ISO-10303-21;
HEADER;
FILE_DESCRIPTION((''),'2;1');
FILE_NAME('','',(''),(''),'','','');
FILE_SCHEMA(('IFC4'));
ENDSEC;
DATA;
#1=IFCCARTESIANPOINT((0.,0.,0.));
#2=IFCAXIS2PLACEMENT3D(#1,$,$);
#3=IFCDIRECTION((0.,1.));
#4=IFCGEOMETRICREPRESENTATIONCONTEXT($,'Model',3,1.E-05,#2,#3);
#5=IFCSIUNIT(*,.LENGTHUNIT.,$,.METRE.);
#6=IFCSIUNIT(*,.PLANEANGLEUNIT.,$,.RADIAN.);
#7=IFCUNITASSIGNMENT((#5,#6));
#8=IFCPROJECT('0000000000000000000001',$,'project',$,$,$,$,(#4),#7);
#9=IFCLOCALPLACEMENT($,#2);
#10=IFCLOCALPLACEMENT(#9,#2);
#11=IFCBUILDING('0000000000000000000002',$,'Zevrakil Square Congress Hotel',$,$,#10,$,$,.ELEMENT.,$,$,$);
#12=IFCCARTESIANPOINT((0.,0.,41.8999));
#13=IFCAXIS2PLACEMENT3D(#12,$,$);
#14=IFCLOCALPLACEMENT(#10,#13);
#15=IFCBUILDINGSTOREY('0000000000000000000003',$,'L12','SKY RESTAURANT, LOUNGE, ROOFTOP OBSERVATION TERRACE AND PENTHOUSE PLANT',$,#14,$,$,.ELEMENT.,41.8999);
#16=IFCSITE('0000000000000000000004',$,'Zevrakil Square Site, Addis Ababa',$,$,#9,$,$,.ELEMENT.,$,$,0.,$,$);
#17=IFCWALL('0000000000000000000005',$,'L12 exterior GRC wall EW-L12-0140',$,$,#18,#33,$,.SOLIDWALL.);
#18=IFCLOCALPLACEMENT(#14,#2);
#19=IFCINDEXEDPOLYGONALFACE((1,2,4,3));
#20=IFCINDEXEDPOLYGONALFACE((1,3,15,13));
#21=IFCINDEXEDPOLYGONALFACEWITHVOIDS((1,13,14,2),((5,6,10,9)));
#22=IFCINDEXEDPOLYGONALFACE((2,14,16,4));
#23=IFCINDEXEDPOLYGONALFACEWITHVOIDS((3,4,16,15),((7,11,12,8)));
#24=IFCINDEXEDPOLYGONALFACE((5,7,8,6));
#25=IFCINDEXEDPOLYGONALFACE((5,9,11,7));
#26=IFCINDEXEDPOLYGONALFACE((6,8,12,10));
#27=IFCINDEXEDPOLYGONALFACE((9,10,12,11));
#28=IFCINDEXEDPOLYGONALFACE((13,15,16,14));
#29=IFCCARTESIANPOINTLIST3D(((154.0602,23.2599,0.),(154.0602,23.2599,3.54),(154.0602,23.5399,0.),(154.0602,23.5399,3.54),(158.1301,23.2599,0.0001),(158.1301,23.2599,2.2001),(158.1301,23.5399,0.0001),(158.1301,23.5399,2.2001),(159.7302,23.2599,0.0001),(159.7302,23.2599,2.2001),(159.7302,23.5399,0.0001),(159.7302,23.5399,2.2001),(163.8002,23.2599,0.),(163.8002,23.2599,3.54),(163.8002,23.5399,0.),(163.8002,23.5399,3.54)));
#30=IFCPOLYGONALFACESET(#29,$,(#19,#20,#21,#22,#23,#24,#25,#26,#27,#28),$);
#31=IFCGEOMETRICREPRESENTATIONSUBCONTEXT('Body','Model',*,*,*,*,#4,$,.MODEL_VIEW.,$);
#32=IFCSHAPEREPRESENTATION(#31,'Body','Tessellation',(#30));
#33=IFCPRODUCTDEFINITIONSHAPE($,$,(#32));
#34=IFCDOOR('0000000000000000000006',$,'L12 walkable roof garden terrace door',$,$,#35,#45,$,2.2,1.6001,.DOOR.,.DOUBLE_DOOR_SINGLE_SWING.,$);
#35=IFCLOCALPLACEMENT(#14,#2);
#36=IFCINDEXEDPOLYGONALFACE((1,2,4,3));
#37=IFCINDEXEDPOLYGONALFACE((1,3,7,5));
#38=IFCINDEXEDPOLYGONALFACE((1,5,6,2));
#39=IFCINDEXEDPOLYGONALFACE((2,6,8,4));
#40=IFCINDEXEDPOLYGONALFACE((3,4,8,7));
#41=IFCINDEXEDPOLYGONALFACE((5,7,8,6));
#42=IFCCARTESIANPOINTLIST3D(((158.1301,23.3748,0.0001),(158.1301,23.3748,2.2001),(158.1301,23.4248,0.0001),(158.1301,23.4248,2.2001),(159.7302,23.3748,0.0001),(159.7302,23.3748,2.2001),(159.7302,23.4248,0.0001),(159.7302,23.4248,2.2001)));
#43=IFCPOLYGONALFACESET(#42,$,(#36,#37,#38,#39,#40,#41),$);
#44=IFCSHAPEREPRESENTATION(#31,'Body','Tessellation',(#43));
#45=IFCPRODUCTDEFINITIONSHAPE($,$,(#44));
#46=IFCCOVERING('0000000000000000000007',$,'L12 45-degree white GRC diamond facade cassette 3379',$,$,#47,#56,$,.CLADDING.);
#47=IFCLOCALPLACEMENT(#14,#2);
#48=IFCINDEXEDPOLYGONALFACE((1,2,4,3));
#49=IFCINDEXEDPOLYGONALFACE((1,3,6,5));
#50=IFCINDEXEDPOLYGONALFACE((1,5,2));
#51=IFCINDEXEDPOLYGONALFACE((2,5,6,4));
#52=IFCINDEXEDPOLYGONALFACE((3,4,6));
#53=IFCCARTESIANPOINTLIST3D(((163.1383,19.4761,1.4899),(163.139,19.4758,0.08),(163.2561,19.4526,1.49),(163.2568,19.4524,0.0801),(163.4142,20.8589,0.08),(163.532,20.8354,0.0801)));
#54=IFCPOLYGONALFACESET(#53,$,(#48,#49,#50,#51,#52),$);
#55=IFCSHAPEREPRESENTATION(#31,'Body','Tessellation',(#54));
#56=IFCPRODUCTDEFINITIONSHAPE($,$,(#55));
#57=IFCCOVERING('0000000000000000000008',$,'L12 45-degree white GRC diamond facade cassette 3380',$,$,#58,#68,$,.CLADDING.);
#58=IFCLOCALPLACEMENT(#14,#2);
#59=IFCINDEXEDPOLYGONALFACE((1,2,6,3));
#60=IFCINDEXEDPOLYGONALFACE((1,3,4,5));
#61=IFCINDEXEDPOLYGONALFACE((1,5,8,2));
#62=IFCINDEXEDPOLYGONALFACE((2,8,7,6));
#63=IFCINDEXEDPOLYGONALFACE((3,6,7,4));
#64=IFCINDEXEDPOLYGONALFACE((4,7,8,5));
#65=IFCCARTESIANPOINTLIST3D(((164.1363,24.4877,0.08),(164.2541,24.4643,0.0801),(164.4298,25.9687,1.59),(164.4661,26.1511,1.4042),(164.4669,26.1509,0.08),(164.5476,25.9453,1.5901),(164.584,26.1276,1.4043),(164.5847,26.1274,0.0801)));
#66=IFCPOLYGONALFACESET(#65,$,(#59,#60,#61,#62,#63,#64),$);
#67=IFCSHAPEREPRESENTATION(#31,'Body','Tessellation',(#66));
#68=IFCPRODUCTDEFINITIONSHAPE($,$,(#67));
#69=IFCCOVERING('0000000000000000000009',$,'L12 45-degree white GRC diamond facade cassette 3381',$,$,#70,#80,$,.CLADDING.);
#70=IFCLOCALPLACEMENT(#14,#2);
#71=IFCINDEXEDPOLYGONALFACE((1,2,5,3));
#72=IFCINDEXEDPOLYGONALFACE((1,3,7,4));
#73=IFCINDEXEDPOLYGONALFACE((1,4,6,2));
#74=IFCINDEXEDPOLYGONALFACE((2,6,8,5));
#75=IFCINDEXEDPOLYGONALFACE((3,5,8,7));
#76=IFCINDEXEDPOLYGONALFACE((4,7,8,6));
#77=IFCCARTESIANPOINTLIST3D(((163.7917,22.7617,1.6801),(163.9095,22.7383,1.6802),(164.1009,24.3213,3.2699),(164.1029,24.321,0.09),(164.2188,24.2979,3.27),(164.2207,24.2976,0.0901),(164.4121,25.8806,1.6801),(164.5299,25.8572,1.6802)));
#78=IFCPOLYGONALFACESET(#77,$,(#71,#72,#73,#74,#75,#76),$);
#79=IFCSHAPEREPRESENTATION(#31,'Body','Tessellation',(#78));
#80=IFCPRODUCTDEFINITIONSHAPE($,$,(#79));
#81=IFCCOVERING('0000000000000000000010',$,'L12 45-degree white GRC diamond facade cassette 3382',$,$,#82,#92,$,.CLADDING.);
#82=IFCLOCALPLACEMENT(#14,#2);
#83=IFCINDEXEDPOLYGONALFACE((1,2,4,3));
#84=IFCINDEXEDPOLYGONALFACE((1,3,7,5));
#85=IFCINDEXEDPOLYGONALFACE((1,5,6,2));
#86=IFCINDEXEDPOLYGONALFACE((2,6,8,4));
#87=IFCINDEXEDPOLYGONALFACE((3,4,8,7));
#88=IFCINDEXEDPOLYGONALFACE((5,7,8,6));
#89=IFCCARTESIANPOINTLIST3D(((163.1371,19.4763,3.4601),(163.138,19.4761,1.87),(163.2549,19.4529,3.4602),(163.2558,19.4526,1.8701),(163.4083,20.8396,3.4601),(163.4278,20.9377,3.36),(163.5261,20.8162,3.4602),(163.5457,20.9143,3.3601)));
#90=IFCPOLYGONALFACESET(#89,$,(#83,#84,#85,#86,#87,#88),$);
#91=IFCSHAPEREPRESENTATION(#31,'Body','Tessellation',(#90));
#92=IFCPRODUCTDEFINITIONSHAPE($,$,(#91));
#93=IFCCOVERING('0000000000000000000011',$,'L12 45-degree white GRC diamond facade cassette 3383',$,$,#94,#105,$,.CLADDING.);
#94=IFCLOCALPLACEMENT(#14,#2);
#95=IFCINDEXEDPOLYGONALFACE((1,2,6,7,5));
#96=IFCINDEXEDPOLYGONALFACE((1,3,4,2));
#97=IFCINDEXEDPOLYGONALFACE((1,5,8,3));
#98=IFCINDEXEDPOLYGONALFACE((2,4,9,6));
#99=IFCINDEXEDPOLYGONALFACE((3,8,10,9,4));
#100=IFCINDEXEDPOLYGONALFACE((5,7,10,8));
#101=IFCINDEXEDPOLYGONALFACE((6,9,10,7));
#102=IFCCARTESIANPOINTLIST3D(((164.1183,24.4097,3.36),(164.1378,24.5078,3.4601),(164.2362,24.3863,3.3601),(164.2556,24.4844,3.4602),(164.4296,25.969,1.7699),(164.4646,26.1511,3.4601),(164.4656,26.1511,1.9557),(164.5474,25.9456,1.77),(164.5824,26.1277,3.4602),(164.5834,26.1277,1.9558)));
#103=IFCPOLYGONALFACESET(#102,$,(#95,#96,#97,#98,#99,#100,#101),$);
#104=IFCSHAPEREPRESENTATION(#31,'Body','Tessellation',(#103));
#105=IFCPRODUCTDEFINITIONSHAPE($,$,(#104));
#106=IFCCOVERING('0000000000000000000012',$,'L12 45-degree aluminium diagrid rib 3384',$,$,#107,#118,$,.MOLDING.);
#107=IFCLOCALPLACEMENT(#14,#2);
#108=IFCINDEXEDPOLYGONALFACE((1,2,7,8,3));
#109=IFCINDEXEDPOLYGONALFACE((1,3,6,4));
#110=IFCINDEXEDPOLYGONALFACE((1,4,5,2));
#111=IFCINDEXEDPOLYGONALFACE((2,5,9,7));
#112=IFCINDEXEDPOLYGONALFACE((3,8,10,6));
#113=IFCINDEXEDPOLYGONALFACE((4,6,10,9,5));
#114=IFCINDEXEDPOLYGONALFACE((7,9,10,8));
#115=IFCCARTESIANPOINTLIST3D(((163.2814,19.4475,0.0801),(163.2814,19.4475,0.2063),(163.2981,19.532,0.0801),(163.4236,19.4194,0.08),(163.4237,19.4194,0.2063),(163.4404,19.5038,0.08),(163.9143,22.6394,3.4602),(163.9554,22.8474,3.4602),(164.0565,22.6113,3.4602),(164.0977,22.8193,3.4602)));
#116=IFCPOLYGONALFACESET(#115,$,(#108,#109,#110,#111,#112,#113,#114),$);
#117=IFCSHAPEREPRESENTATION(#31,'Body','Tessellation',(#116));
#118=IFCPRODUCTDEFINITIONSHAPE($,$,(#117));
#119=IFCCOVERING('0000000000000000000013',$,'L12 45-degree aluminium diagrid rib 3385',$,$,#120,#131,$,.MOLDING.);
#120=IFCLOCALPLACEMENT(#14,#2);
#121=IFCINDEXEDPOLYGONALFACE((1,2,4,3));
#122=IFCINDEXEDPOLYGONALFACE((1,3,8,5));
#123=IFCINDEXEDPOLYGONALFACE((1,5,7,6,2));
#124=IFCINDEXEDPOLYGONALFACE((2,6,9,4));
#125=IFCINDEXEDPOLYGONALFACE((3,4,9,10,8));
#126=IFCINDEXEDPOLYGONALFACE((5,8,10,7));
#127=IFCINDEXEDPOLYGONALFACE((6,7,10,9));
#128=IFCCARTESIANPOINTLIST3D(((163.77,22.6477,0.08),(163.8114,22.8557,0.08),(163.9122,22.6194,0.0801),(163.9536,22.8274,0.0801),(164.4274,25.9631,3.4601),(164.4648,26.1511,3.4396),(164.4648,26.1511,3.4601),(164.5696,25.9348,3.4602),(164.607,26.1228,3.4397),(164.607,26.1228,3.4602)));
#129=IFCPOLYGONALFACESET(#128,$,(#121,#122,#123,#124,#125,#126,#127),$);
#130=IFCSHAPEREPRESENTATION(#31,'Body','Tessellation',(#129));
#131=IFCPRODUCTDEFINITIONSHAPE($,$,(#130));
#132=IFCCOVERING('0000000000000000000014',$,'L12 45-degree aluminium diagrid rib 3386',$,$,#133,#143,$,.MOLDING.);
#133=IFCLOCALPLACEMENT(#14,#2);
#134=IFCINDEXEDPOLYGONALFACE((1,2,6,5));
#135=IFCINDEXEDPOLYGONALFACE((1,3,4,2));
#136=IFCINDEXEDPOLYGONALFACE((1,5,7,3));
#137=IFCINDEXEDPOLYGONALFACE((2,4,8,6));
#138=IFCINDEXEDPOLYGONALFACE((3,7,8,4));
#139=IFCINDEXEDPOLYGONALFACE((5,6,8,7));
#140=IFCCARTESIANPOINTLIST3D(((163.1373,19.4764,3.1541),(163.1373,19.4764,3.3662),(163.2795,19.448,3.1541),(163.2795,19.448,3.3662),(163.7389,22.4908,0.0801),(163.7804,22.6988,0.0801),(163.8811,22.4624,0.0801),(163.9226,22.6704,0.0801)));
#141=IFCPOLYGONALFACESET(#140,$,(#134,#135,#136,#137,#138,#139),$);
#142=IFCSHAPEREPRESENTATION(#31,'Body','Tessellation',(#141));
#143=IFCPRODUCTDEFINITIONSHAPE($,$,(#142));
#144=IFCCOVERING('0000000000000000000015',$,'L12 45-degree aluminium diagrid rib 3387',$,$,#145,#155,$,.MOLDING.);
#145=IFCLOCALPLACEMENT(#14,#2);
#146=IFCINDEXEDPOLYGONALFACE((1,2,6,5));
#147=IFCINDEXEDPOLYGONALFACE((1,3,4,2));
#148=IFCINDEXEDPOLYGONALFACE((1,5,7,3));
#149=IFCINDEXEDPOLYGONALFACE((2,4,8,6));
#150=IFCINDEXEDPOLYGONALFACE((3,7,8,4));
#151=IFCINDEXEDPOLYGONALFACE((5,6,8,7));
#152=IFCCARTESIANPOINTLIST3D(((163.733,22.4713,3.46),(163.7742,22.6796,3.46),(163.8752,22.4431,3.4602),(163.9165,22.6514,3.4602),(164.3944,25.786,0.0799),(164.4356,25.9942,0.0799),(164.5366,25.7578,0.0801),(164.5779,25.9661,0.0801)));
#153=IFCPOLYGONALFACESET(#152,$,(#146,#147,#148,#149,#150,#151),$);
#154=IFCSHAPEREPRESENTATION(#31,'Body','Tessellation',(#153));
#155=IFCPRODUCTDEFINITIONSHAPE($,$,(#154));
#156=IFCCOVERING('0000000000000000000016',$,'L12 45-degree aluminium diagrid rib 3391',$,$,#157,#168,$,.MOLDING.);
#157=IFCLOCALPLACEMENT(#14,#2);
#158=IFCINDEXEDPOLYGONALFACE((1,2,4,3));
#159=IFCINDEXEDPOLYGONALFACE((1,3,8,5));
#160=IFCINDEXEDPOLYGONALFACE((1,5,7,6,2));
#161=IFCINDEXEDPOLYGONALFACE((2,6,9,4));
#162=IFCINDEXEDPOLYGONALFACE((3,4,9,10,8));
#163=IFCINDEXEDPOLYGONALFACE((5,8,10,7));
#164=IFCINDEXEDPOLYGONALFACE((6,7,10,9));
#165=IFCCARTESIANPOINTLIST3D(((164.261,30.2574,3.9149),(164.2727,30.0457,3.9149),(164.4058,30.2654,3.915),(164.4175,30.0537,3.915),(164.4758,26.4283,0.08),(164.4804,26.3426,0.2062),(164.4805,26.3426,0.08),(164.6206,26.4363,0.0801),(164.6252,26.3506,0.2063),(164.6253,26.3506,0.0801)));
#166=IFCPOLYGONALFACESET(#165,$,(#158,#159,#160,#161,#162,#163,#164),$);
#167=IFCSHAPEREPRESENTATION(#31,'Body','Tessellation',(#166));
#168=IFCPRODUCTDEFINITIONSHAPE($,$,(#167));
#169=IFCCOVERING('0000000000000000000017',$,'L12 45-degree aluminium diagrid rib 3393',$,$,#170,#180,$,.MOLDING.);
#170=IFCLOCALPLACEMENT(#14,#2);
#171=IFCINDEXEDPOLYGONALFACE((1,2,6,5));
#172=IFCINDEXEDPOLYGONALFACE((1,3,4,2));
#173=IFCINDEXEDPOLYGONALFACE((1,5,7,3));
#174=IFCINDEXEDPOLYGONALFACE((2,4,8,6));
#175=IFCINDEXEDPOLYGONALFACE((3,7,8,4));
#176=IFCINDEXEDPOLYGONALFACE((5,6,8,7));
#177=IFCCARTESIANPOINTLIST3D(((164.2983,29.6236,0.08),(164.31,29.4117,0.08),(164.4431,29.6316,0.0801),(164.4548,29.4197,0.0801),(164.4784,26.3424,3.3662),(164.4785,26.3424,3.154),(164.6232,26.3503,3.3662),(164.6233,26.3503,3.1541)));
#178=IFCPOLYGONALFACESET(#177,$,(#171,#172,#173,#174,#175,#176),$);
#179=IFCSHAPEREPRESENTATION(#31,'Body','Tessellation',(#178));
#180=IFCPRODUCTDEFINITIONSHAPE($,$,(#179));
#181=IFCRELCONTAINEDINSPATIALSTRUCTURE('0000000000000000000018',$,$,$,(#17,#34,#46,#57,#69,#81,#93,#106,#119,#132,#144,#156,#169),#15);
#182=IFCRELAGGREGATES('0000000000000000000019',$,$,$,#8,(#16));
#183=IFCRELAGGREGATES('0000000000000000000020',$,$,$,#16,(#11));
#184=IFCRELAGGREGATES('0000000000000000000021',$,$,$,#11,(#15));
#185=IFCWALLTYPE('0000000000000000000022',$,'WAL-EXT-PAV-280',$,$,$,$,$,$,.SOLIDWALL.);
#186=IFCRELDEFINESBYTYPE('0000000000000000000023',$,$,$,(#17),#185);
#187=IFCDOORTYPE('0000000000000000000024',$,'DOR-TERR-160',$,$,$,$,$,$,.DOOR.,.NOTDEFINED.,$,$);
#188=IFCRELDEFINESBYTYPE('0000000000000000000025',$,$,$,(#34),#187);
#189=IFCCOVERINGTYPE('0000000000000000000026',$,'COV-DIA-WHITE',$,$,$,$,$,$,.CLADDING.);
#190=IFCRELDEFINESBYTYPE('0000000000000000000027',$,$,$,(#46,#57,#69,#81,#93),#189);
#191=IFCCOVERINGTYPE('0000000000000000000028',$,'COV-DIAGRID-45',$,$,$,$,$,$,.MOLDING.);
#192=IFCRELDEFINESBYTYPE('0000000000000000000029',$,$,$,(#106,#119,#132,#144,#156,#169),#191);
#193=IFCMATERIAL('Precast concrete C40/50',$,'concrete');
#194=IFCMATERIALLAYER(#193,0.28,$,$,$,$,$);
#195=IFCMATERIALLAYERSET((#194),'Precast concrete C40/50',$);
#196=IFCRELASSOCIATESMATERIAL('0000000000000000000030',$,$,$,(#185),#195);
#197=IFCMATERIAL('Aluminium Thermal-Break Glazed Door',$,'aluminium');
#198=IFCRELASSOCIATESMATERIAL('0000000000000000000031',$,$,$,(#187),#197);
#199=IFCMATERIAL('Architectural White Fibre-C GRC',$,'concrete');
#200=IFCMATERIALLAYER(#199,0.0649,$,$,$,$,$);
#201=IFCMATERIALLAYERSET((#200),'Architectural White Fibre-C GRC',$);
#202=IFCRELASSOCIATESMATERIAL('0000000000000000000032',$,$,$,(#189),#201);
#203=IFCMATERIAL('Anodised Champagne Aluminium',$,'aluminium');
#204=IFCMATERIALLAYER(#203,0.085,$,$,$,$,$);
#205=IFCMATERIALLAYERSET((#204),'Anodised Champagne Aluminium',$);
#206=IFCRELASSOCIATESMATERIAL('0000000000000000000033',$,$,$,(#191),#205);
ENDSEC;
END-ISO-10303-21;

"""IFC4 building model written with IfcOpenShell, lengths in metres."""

from ifc_helpers import new_model, si_unit, direction, frame, frame_2d, origin, place, context, subcontext, project, spatial, polyline, rectangle, outline, extrude, material, layer, layer_set, type_object, element, fill, save


model = new_model("IFC4")

# Units and contexts
model_context = context("Model", 3, precision=1e-05, world=origin(), true_north=direction((0.0, 1.0)))
body_context = subcontext(model_context, "Body", "Model", "MODEL_VIEW")
ifc_project = project(units=[si_unit("LENGTHUNIT", "METRE"), si_unit("PLANEANGLEUNIT", "RADIAN")], contexts=[model_context])

# Site, building, storey
site_placement = place(None, origin())
site = spatial("IfcSite", under=ifc_project, at=site_placement, Name="Zevrakil Square Site, Addis Ababa", CompositionType="ELEMENT", RefElevation=0.0)
building_placement = place(site_placement, origin())
building = spatial("IfcBuilding", under=site, at=building_placement, Name="Zevrakil Square Congress Hotel", CompositionType="ELEMENT")
storey_placement = place(building_placement, frame((0.0, 0.0, 41.8999)))
storey = spatial("IfcBuildingStorey", under=building, at=storey_placement, Name="L12", Description="SKY RESTAURANT, LOUNGE, ROOFTOP OBSERVATION TERRACE AND PENTHOUSE PLANT", CompositionType="ELEMENT", Elevation=41.8999)

# Wall, opening, door
ifc_material_1 = material(Name="Precast concrete C40/50", Category="concrete")
ifc_layer_1 = layer(ifc_material_1, 0.28)
ifc_layer_set_1 = layer_set([ifc_layer_1], Name="Precast concrete C40/50")
wall_type = type_object("IfcWallType", Name="WAL-EXT-PAV-280", PredefinedType="SOLIDWALL", material=ifc_layer_set_1)
wall_placement = place(storey_placement, frame((154.0601, 23.3999, 0.0), z_axis=(0.0, 0.0, 1.0), x_axis=(1.0, 0.0, 0.0)))
wall = element("IfcWall", 1, at=wall_placement, inside=storey, type_object=wall_type, Name="L12 exterior GRC wall EW-L12-0140", PredefinedType="SOLIDWALL", context=body_context, shape_type="SweptSolid", body=[
    extrude(rectangle(XDim=9.74, YDim=0.28, at=frame_2d((4.8701, 0.0))), origin(), (0.0, 0.0, 1.0), 3.54),
])
opening_placement = place(wall_placement, frame((4.0701, 0.0, 0.0)))
opening = element("IfcOpeningElement", 2, at=opening_placement, cuts=wall, PredefinedType="OPENING", context=body_context, shape_type="SweptSolid", body=[
    extrude(rectangle(XDim=1.6001, YDim=2.2, at=frame_2d((0.8, 1.1001))), frame((0.0, 0.1499, 0.0), z_axis=(0.0, -1.0, 0.0), x_axis=(1.0, 0.0, 0.0)), (0.0, 0.0, 1.0), 0.3),
])
ifc_material_2 = material(Name="Aluminium Thermal-Break Glazed Door", Category="aluminium")
door_type = type_object("IfcDoorType", Name="DOR-TERR-160", OperationType="NOTDEFINED", PredefinedType="DOOR", material=ifc_material_2)
door_placement = place(opening_placement, origin())
door = element("IfcDoor", 3, at=door_placement, inside=storey, type_object=door_type, Name="L12 walkable roof garden terrace door", OperationType="DOUBLE_DOOR_SINGLE_SWING", OverallHeight=2.2, OverallWidth=1.6001, PredefinedType="DOOR", context=body_context, shape_type="SweptSolid", body=[
    extrude(rectangle(XDim=1.6001, YDim=2.2, at=frame_2d((0.8, 1.1001))), frame((0.0, 0.0249, 0.0), z_axis=(0.0, -1.0, 0.0), x_axis=(1.0, 0.0, 0.0)), (0.0, 0.0, 1.0), 0.05),
])
fill(opening, door)

# Coverings
ifc_material_3 = material(Name="Architectural White Fibre-C GRC", Category="concrete")
ifc_layer_2 = layer(ifc_material_3, 0.0649)
ifc_layer_set_2 = layer_set([ifc_layer_2], Name="Architectural White Fibre-C GRC")
covering_type_1 = type_object("IfcCoveringType", Name="COV-DIA-WHITE", PredefinedType="CLADDING", material=ifc_layer_set_2)
covering_1_placement = place(storey_placement, frame((163.532, 20.8354, 0.0801), z_axis=(0.98078, -0.195117, 0.000543), x_axis=(-0.195117, -0.98078, 0.0)))
element("IfcCovering", 4, at=covering_1_placement, inside=storey, type_object=covering_type_1, Name="L12 45-degree white GRC diamond facade cassette 3379", PredefinedType="CLADDING", context=body_context, shape_type="SweptSolid", body=[
    extrude(outline(polyline([(0.0, 0.0), (1.4102, 0.0), (1.4101, -1.4099), (0.0, 0.0)])), origin(), (0.0, 0.0, -1.0), 0.1201),
])
covering_2_placement = place(storey_placement, frame((164.5476, 25.9453, 1.5901), z_axis=(0.980811, -0.194961, 0.000589), x_axis=(0.138314, 0.693694, -0.706865)))
element("IfcCovering", 5, at=covering_2_placement, inside=storey, type_object=covering_type_1, Name="L12 45-degree white GRC diamond facade cassette 3380", PredefinedType="CLADDING", context=body_context, shape_type="SweptSolid", body=[
    extrude(outline(polyline([(0.0, 0.0), (0.2628, 0.0), (1.1988, -0.9367), (-0.0006, -2.1353), (0.0, 0.0)])), origin(), (0.0, 0.0, -1.0), 0.1201),
])
covering_3_placement = place(storey_placement, frame((164.2188, 24.2979, 3.27), z_axis=(0.980787, -0.195082, 0.000617), x_axis=(0.138381, 0.69348, -0.707062)))
element("IfcCovering", 6, at=covering_3_placement, inside=storey, type_object=covering_type_1, Name="L12 45-degree white GRC diamond facade cassette 3381", PredefinedType="CLADDING", context=body_context, shape_type="SweptSolid", body=[
    extrude(outline(polyline([(0.0, 0.0), (2.2485, 0.0), (2.2485, -2.2486), (-0.0002, -2.2485), (0.0, 0.0)])), origin(), (0.0, 0.0, -1.0), 0.1201),
])
covering_4_placement = place(storey_placement, frame((163.5457, 20.9143, 3.3601), z_axis=(0.980783, -0.1951, 0.0006), x_axis=(-0.137547, -0.693632, -0.707076)))
element("IfcCovering", 7, at=covering_4_placement, inside=storey, type_object=covering_type_1, Name="L12 45-degree white GRC diamond facade cassette 3382", PredefinedType="CLADDING", context=body_context, shape_type="SweptSolid", body=[
    extrude(outline(polyline([(0.0, 0.0), (2.1073, 0.0), (0.9829, -1.1244), (0.0, -0.1415), (0.0, 0.0)])), origin(), (0.0, 0.0, -1.0), 0.1201),
])
covering_5_placement = place(storey_placement, frame((164.5474, 25.9456, 1.77), z_axis=(0.980796, -0.195035, 0.000698), x_axis=(-0.138393, -0.693422, 0.707116)))
element("IfcCovering", 8, at=covering_5_placement, inside=storey, type_object=covering_type_1, Name="L12 45-degree white GRC diamond facade cassette 3383", PredefinedType="CLADDING", context=body_context, shape_type="SweptSolid", body=[
    extrude(outline(polyline([(0.0, 0.0), (2.2487, 0.0), (2.2487, -0.1415), (1.064, -1.3263), (0.0001, -0.2627), (0.0, 0.0)])), origin(), (0.0, 0.0, -1.0), 0.1201),
])
ifc_material_4 = material(Name="Anodised Champagne Aluminium", Category="aluminium")
ifc_layer_3 = layer(ifc_material_4, 0.085)
ifc_layer_set_3 = layer_set([ifc_layer_3], Name="Anodised Champagne Aluminium")
covering_type_2 = type_object("IfcCoveringType", Name="COV-DIAGRID-45", PredefinedType="MOLDING", material=ifc_layer_set_3)
covering_6_placement = place(storey_placement, frame((163.2981, 19.532, 0.0801), z_axis=(-0.980965, 0.194185, 0.000303), x_axis=(-0.194185, -0.980965, 0.0)))
element("IfcCovering", 9, at=covering_6_placement, inside=storey, type_object=covering_type_2, Name="L12 45-degree aluminium diagrid rib 3384", PredefinedType="MOLDING", context=body_context, shape_type="SweptSolid", body=[
    extrude(outline(polyline([(0.0, 0.0), (0.0861, 0.0), (0.0861, 0.1262), (-3.1679, 3.3801), (-3.38, 3.3801), (0.0, 0.0)])), origin(), (0.0, 0.0, -1.0), 0.145),
])
covering_7_placement = place(storey_placement, frame((163.9536, 22.8274, 0.0801), z_axis=(0.98075, -0.195265, 0.000783), x_axis=(-0.195265, -0.98075, -0.000001)))
element("IfcCovering", 10, at=covering_7_placement, inside=storey, type_object=covering_type_2, Name="L12 45-degree aluminium diagrid rib 3385", PredefinedType="MOLDING", context=body_context, shape_type="SweptSolid", body=[
    extrude(outline(polyline([(0.0, 0.0), (0.2121, 0.0), (-3.1679, -3.3801), (-3.3596, -3.3801), (-3.3596, -3.3596), (0.0, 0.0)])), origin(), (0.0, 0.0, -1.0), 0.145),
])
covering_8_placement = place(storey_placement, frame((163.2795, 19.448, 3.1541), z_axis=(0.980666, -0.195688, 0.000015), x_axis=(-0.000015, 0.000003, 1.0)))
element("IfcCovering", 11, at=covering_8_placement, inside=storey, type_object=covering_type_2, Name="L12 45-degree aluminium diagrid rib 3386", PredefinedType="MOLDING", context=body_context, shape_type="SweptSolid", body=[
    extrude(outline(polyline([(0.0, 0.0), (0.2122, 0.0), (-3.074, -3.286), (-3.074, -3.0738), (0.0, 0.0)])), origin(), (0.0, 0.0, -1.0), 0.145),
])
covering_9_placement = place(storey_placement, frame((163.8752, 22.4431, 3.4602), z_axis=(0.980932, -0.194346, 0.001351), x_axis=(0.194347, 0.980933, 0.0)))
element("IfcCovering", 12, at=covering_9_placement, inside=storey, type_object=covering_type_2, Name="L12 45-degree aluminium diagrid rib 3387", PredefinedType="MOLDING", context=body_context, shape_type="SweptSolid", body=[
    extrude(outline(polyline([(0.0, 0.0), (0.2123, 0.0), (3.5923, -3.3801), (3.38, -3.3801), (0.0, 0.0)])), origin(), (0.0, 0.0, -1.0), 0.145),
])
covering_10_placement = place(storey_placement, frame((164.6206, 26.4363, 0.0801), z_axis=(0.998473, 0.055243, 0.000777), x_axis=(0.055243, -0.998473, 0.000001)))
element("IfcCovering", 13, at=covering_10_placement, inside=storey, type_object=covering_type_2, Name="L12 45-degree aluminium diagrid rib 3391", PredefinedType="MOLDING", context=body_context, shape_type="SweptSolid", body=[
    extrude(outline(polyline([(0.0, 0.0), (0.0858, 0.0), (0.0858, -0.1262), (-3.6231, -3.835), (-3.8351, -3.835), (0.0, 0.0)])), origin(), (0.0, 0.0, -1.0), 0.145),
])
covering_11_placement = place(storey_placement, frame((164.6233, 26.3503, 3.1541), z_axis=(0.998485, 0.055015, 0.0002), x_axis=(-0.0002, -0.000011, 1.0)))
element("IfcCovering", 14, at=covering_11_placement, inside=storey, type_object=covering_type_2, Name="L12 45-degree aluminium diagrid rib 3393", PredefinedType="MOLDING", context=body_context, shape_type="SweptSolid", body=[
    extrude(outline(polyline([(0.0, 0.0), (0.2122, 0.0), (-3.074, -3.2862), (-3.074, -3.074), (0.0, 0.0)])), origin(), (0.0, 0.0, -1.0), 0.145),
])

save(model, "model.ifc")
